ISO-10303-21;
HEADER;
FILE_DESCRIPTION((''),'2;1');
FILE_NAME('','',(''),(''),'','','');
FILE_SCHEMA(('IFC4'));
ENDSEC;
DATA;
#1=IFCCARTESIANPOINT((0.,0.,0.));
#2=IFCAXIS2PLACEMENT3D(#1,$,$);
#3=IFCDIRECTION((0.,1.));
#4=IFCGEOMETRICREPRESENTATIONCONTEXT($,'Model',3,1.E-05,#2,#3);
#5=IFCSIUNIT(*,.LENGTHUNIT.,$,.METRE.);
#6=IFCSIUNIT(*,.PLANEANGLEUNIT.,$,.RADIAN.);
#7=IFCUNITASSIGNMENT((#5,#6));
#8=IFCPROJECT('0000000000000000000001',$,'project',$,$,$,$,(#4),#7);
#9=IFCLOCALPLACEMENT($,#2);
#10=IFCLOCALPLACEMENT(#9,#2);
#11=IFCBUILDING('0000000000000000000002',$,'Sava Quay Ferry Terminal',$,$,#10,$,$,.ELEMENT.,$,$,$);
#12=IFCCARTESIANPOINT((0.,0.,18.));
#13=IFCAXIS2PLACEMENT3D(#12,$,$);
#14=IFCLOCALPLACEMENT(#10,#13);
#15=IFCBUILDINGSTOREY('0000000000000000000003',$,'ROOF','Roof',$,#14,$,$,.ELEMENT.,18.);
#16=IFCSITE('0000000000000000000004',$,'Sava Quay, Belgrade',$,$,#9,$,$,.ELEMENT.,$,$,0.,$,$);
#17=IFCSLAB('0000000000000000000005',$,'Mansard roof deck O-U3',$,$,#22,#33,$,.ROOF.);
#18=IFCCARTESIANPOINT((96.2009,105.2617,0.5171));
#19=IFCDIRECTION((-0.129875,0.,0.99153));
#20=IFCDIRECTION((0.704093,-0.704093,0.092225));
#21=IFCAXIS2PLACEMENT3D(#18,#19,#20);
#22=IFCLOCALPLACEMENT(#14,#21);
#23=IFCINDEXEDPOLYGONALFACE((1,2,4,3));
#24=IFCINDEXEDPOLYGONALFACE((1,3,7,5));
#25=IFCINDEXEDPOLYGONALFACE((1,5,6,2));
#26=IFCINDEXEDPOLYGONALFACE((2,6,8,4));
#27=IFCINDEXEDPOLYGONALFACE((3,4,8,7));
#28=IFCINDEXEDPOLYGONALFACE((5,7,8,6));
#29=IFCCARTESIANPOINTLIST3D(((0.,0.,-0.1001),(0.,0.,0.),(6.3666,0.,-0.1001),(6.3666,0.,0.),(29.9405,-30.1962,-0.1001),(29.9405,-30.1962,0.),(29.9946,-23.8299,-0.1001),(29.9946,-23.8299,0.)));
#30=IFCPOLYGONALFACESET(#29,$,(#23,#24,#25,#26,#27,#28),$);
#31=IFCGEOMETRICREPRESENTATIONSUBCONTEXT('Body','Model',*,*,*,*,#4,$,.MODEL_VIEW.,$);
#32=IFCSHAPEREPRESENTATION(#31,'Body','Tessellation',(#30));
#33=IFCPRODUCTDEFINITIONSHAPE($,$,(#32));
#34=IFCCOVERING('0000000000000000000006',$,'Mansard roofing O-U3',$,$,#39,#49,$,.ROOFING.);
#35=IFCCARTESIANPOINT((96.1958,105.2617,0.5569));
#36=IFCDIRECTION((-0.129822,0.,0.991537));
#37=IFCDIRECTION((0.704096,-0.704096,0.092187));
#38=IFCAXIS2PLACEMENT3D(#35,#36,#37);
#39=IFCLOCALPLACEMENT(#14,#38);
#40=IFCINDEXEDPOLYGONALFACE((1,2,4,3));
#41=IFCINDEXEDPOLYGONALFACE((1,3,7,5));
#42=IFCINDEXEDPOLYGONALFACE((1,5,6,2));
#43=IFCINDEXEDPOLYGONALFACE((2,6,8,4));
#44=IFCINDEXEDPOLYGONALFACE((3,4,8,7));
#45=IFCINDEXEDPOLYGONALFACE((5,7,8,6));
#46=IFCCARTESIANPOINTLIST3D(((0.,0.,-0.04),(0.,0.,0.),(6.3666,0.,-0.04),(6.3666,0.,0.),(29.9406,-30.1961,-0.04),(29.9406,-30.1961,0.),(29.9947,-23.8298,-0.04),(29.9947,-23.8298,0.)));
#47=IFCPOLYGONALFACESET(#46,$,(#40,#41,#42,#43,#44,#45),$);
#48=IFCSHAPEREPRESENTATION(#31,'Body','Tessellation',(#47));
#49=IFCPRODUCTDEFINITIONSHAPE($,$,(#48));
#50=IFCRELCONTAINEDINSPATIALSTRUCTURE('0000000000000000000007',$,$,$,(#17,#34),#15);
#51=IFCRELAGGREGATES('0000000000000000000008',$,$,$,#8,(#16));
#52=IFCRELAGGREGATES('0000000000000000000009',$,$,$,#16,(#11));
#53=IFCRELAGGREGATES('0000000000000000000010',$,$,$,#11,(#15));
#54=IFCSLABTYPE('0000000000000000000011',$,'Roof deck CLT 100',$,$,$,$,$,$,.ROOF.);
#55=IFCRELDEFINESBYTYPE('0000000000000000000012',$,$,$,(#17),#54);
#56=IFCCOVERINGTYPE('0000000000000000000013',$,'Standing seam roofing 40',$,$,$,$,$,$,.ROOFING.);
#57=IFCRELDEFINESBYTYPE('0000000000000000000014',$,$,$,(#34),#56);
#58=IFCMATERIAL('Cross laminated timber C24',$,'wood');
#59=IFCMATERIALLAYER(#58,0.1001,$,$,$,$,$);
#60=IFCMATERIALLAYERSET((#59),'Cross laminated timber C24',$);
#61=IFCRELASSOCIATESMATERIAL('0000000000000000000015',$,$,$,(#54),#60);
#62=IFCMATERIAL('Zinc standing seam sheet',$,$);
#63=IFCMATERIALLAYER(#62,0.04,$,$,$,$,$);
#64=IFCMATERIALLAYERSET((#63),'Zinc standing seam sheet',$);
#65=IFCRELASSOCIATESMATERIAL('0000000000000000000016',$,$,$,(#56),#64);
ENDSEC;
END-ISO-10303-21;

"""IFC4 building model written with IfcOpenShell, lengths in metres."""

from ifc_helpers import new_model, si_unit, direction, frame, origin, place, context, subcontext, project, spatial, polyline, outline, extrude, material, layer, layer_set, type_object, element, save


model = new_model("IFC4")

# Units and contexts
model_context = context("Model", 3, precision=1e-05, world=origin(), true_north=direction((0.0, 1.0)))
body_context = subcontext(model_context, "Body", "Model", "MODEL_VIEW")
ifc_project = project(units=[si_unit("LENGTHUNIT", "METRE"), si_unit("PLANEANGLEUNIT", "RADIAN")], contexts=[model_context])

# Site, building, storey
site_placement = place(None, origin())
site = spatial("IfcSite", under=ifc_project, at=site_placement, Name="Sava Quay, Belgrade", CompositionType="ELEMENT", RefElevation=0.0)
building_placement = place(site_placement, origin())
building = spatial("IfcBuilding", under=site, at=building_placement, Name="Sava Quay Ferry Terminal", CompositionType="ELEMENT")
storey_placement = place(building_placement, frame((0.0, 0.0, 18.0)))
storey = spatial("IfcBuildingStorey", under=building, at=storey_placement, Name="ROOF", Description="Roof", CompositionType="ELEMENT", Elevation=18.0)

# Slab
ifc_material_1 = material(Name="Cross laminated timber C24", Category="wood")
ifc_layer_1 = layer(ifc_material_1, 0.1001)
ifc_layer_set_1 = layer_set([ifc_layer_1], Name="Cross laminated timber C24")
slab_type = type_object("IfcSlabType", Name="Roof deck CLT 100", PredefinedType="ROOF", material=ifc_layer_set_1)
slab_1_placement = place(storey_placement, frame((96.2009, 105.2617, 0.5171), z_axis=(-0.129875, 0.0, 0.99153), x_axis=(0.704093, -0.704093, 0.092225)))
element("IfcSlab", 1, at=slab_1_placement, inside=storey, type_object=slab_type, Name="Mansard roof deck O-U3", PredefinedType="ROOF", context=body_context, shape_type="SweptSolid", body=[
    extrude(outline(polyline([(0.0, 0.0), (6.3666, 0.0), (29.9946, -23.8299), (29.9405, -30.1962), (0.0, 0.0)])), origin(), (0.0, 0.0, -1.0), 0.1001),
])

# Covering
ifc_material_2 = material(Name="Zinc standing seam sheet")
ifc_layer_2 = layer(ifc_material_2, 0.04)
ifc_layer_set_2 = layer_set([ifc_layer_2], Name="Zinc standing seam sheet")
covering_type_1 = type_object("IfcCoveringType", Name="Standing seam roofing 40", PredefinedType="ROOFING", material=ifc_layer_set_2)
covering_1_placement = place(storey_placement, frame((96.1958, 105.2617, 0.5569), z_axis=(-0.129822, 0.0, 0.991537), x_axis=(0.704096, -0.704096, 0.092187)))
element("IfcCovering", 2, at=covering_1_placement, inside=storey, type_object=covering_type_1, Name="Mansard roofing O-U3", PredefinedType="ROOFING", context=body_context, shape_type="SweptSolid", body=[
    extrude(outline(polyline([(0.0, 0.0), (6.3666, 0.0), (29.9947, -23.8298), (29.9406, -30.1961), (0.0, 0.0)])), origin(), (0.0, 0.0, -1.0), 0.04),
])

save(model, "model.ifc")
